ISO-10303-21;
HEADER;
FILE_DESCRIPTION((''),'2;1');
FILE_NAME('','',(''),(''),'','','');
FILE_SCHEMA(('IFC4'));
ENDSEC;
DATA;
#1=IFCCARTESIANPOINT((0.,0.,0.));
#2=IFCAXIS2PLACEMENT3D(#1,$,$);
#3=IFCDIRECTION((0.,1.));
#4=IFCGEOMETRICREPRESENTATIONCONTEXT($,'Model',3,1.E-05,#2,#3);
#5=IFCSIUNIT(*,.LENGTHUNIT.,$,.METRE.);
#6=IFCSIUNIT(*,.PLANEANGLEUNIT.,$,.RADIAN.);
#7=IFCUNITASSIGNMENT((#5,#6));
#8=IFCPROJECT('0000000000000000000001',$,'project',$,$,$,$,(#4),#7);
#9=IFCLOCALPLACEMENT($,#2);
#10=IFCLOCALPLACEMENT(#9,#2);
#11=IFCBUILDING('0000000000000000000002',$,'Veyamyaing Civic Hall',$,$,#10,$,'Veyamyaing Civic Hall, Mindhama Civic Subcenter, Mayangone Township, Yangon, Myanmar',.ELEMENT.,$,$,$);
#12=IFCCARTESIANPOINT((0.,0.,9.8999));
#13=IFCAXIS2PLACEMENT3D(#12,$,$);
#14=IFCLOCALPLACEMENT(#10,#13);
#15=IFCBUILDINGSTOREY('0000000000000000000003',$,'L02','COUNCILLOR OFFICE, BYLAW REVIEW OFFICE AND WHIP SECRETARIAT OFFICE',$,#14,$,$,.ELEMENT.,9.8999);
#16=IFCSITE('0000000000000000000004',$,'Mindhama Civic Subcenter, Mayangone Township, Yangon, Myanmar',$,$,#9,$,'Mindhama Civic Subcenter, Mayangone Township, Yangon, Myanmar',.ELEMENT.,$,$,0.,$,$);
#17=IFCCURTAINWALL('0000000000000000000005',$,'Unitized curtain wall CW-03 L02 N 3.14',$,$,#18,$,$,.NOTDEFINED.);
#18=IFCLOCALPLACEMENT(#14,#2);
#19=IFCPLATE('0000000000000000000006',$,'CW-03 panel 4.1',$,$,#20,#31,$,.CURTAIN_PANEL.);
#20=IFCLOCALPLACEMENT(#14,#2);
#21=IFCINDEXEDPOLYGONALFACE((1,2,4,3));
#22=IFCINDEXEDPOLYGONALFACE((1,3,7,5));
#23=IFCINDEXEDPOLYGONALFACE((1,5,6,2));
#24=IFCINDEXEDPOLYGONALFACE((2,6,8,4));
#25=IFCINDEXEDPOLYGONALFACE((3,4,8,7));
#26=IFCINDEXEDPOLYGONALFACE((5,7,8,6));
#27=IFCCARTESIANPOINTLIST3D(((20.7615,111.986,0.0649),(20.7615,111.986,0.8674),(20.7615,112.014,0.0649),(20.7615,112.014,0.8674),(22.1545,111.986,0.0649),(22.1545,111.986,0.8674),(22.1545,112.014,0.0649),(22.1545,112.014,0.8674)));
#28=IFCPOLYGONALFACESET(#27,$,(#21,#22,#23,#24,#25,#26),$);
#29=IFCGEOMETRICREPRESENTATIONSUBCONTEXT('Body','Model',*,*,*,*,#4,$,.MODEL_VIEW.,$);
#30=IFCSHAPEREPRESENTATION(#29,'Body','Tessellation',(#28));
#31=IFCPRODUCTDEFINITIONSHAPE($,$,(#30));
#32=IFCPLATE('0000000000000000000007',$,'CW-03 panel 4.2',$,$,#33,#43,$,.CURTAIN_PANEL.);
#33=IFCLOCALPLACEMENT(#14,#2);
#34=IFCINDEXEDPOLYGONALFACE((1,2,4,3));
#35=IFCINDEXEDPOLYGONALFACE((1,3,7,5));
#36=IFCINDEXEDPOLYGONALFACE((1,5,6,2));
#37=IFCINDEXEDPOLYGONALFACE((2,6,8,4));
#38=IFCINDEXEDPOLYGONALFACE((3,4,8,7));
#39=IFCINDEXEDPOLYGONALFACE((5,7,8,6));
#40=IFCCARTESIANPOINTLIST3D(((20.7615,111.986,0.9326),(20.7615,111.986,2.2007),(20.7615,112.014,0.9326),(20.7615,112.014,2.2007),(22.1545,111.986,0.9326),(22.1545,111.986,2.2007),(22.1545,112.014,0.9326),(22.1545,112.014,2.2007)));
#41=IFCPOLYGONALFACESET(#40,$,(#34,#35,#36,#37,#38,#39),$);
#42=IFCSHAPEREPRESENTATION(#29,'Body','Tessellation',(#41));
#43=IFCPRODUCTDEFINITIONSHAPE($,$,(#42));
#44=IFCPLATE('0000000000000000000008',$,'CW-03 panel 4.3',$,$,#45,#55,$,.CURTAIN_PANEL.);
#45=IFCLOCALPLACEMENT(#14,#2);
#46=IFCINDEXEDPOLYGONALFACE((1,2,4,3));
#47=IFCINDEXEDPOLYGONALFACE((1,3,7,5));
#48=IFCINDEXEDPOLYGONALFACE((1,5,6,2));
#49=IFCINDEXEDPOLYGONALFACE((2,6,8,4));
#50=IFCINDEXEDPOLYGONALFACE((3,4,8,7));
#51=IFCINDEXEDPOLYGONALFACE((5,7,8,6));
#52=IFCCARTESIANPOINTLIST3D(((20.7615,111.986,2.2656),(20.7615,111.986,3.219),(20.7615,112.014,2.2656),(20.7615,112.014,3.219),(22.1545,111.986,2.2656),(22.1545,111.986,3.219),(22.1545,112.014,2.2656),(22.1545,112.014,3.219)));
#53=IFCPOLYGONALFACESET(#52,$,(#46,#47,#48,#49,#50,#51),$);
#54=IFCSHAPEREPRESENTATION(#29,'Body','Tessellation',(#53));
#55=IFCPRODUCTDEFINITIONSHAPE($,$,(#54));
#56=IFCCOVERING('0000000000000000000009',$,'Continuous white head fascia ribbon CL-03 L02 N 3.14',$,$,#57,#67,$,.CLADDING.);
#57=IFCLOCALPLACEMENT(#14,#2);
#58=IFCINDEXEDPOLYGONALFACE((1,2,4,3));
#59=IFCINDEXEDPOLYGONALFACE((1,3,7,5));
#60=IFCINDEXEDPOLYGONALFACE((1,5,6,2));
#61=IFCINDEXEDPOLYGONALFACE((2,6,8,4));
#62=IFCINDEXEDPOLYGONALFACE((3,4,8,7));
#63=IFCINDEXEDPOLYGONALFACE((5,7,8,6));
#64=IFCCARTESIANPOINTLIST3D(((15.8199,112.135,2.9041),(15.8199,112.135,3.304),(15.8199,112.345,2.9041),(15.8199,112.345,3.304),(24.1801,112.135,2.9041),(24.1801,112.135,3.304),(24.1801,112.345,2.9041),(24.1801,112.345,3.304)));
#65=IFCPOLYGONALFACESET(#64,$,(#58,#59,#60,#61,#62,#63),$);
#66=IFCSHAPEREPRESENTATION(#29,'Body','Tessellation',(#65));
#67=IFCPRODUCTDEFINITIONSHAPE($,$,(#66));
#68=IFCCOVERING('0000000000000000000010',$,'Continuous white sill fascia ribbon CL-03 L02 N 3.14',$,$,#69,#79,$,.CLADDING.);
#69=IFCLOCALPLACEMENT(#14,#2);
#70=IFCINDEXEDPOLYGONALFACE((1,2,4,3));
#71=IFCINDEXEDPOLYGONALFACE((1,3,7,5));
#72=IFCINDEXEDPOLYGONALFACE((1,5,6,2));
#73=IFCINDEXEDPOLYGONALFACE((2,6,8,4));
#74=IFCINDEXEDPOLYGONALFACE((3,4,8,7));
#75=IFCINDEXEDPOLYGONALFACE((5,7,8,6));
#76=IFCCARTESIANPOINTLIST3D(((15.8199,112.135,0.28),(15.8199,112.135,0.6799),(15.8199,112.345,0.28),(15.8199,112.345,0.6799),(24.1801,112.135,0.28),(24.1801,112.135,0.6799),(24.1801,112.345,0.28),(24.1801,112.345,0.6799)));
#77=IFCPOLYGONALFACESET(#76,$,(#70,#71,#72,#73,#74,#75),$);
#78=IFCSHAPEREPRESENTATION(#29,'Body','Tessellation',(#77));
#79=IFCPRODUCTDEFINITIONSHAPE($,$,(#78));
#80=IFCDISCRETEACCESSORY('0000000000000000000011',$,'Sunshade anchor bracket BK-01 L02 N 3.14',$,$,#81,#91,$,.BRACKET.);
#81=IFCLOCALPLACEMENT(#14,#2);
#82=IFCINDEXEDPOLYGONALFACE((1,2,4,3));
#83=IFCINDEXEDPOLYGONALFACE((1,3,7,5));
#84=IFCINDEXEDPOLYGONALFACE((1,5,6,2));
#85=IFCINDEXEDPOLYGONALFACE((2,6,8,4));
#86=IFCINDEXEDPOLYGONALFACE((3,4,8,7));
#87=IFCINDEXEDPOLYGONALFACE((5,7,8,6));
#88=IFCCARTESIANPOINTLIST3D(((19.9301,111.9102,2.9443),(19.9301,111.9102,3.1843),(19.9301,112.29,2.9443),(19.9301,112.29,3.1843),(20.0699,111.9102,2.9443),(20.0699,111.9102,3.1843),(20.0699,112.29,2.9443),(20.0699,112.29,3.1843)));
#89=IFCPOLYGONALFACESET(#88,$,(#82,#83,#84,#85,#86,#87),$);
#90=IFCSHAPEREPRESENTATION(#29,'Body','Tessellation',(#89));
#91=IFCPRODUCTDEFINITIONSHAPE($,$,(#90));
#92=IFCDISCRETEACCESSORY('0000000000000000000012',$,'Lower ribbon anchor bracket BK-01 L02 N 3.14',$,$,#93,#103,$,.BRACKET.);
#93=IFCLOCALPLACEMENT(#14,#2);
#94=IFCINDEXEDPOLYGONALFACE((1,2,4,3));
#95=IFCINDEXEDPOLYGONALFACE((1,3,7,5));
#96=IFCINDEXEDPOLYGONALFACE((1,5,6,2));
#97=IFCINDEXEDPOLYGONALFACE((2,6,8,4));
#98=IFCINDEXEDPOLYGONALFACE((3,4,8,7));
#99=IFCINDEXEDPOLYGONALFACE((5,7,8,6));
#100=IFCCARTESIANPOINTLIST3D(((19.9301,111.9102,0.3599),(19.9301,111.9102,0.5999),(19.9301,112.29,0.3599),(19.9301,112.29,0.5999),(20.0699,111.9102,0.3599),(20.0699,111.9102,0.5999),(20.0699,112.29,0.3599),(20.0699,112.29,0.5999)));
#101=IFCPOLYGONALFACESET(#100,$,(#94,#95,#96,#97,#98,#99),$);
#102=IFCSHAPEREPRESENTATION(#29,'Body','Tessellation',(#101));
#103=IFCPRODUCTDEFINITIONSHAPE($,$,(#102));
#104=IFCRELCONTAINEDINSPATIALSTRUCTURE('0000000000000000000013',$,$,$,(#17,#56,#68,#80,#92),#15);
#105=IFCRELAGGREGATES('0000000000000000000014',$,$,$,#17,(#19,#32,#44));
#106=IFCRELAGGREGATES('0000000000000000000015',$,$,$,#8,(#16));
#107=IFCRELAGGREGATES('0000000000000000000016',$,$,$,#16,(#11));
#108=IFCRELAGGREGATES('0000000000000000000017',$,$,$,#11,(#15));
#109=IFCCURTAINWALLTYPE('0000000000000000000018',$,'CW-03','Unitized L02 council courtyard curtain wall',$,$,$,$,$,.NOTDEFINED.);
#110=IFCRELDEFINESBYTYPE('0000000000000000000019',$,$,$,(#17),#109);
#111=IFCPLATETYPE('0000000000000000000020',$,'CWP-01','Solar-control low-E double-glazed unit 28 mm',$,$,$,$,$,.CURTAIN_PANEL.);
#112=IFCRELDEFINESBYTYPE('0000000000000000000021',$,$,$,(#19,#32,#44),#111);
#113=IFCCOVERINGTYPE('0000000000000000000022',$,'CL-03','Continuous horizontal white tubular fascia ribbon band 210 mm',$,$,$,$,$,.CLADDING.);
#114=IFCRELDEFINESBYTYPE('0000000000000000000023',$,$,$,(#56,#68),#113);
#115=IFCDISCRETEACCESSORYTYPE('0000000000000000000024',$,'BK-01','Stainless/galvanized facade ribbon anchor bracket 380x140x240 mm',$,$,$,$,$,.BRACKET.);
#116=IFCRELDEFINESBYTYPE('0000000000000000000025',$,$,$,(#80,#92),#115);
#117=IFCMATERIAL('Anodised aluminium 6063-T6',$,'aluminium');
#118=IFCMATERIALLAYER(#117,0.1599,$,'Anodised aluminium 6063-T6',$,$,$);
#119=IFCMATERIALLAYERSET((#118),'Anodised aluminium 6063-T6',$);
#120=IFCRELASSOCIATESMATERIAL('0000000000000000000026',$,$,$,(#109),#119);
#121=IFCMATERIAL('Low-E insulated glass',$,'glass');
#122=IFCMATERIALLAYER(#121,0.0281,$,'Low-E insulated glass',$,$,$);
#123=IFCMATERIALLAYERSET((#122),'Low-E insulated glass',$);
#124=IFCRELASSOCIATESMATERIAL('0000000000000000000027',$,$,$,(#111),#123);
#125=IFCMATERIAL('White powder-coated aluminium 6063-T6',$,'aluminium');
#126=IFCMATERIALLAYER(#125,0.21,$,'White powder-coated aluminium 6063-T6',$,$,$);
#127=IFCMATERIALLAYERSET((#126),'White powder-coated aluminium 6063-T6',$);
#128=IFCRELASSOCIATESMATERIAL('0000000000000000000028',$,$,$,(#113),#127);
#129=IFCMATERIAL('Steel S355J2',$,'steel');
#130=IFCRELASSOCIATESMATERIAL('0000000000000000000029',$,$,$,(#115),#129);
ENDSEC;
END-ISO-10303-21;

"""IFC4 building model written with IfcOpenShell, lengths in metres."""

from ifc_helpers import new_model, si_unit, direction, frame, origin, origin_2d, place, context, subcontext, project, spatial, rectangle, extrude, material, layer, layer_set, type_object, element, aggregate, save


model = new_model("IFC4")

# Units and contexts
model_context = context("Model", 3, precision=1e-05, world=origin(), true_north=direction((0.0, 1.0)))
body_context = subcontext(model_context, "Body", "Model", "MODEL_VIEW")
ifc_project = project(units=[si_unit("LENGTHUNIT", "METRE"), si_unit("PLANEANGLEUNIT", "RADIAN")], contexts=[model_context])

# Site, building, storey
site_placement = place(None, origin())
site = spatial("IfcSite", under=ifc_project, at=site_placement, Name="Mindhama Civic Subcenter, Mayangone Township, Yangon, Myanmar", LongName="Mindhama Civic Subcenter, Mayangone Township, Yangon, Myanmar", CompositionType="ELEMENT", RefElevation=0.0)
building_placement = place(site_placement, origin())
building = spatial("IfcBuilding", under=site, at=building_placement, Name="Veyamyaing Civic Hall", LongName="Veyamyaing Civic Hall, Mindhama Civic Subcenter, Mayangone Township, Yangon, Myanmar", CompositionType="ELEMENT")
storey_placement = place(building_placement, frame((0.0, 0.0, 9.8999)))
storey = spatial("IfcBuildingStorey", under=building, at=storey_placement, Name="L02", Description="COUNCILLOR OFFICE, BYLAW REVIEW OFFICE AND WHIP SECRETARIAT OFFICE", CompositionType="ELEMENT", Elevation=9.8999)

# Curtain wall, plates
ifc_material_1 = material(Name="Anodised aluminium 6063-T6", Category="aluminium")
ifc_layer_1 = layer(ifc_material_1, 0.1599, Name="Anodised aluminium 6063-T6")
ifc_layer_set_1 = layer_set([ifc_layer_1], Name="Anodised aluminium 6063-T6")
curtain_wall_type = type_object("IfcCurtainWallType", Name="CW-03", Description="Unitized L02 council courtyard curtain wall", PredefinedType="NOTDEFINED", material=ifc_layer_set_1)
curtain_wall_placement = place(storey_placement, origin())
curtain_wall = element("IfcCurtainWall", 1, at=curtain_wall_placement, inside=storey, type_object=curtain_wall_type, Name="Unitized curtain wall CW-03 L02 N 3.14", PredefinedType="NOTDEFINED")
ifc_material_2 = material(Name="Low-E insulated glass", Category="glass")
ifc_layer_2 = layer(ifc_material_2, 0.0281, Name="Low-E insulated glass")
ifc_layer_set_2 = layer_set([ifc_layer_2], Name="Low-E insulated glass")
plate_type = type_object("IfcPlateType", Name="CWP-01", Description="Solar-control low-E double-glazed unit 28 mm", PredefinedType="CURTAIN_PANEL", material=ifc_layer_set_2)
plate_1_placement = place(storey_placement, frame((21.458, 112.0, 0.0649), z_axis=(0.0, 0.0, 1.0), x_axis=(1.0, 0.0, 0.0)))
plate_1 = element("IfcPlate", 2, at=plate_1_placement, type_object=plate_type, Name="CW-03 panel 4.1", PredefinedType="CURTAIN_PANEL", context=body_context, shape_type="SweptSolid", body=[
    extrude(rectangle(XDim=1.3931, YDim=0.0281, at=origin_2d()), origin(), (0.0, 0.0, 1.0), 0.8025),
])
plate_2_placement = place(storey_placement, frame((21.458, 112.0, 0.9326), z_axis=(0.0, 0.0, 1.0), x_axis=(1.0, 0.0, 0.0)))
plate_2 = element("IfcPlate", 3, at=plate_2_placement, type_object=plate_type, Name="CW-03 panel 4.2", PredefinedType="CURTAIN_PANEL", context=body_context, shape_type="SweptSolid", body=[
    extrude(rectangle(XDim=1.3931, YDim=0.0281, at=origin_2d()), origin(), (0.0, 0.0, 1.0), 1.2681),
])
plate_3_placement = place(storey_placement, frame((21.458, 112.0, 2.2656), z_axis=(0.0, 0.0, 1.0), x_axis=(1.0, 0.0, 0.0)))
plate_3 = element("IfcPlate", 4, at=plate_3_placement, type_object=plate_type, Name="CW-03 panel 4.3", PredefinedType="CURTAIN_PANEL", context=body_context, shape_type="SweptSolid", body=[
    extrude(rectangle(XDim=1.3931, YDim=0.0281, at=origin_2d()), origin(), (0.0, 0.0, 1.0), 0.9534),
])
aggregate(curtain_wall, [plate_1, plate_2, plate_3])

# Coverings
ifc_material_3 = material(Name="White powder-coated aluminium 6063-T6", Category="aluminium")
ifc_layer_3 = layer(ifc_material_3, 0.21, Name="White powder-coated aluminium 6063-T6")
ifc_layer_set_3 = layer_set([ifc_layer_3], Name="White powder-coated aluminium 6063-T6")
covering_type = type_object("IfcCoveringType", Name="CL-03", Description="Continuous horizontal white tubular fascia ribbon band 210 mm", PredefinedType="CLADDING", material=ifc_layer_set_3)
for number, where, z_axis, x_axis, name in (
    (5, (20.0, 112.24, 2.9041), (0.0, 0.0, 1.0), (1.0, 0.0, 0.0), "Continuous white head fascia ribbon CL-03 L02 N 3.14"),
    (6, (20.0, 112.24, 0.28), (0.0, 0.0, 1.0), (1.0, 0.0, 0.0), "Continuous white sill fascia ribbon CL-03 L02 N 3.14"),
):
    element("IfcCovering", number, at=place(storey_placement, frame(where, z_axis=z_axis, x_axis=x_axis)), inside=storey, type_object=covering_type, Name=name, PredefinedType="CLADDING", context=body_context, shape_type="SweptSolid", body=[
        extrude(rectangle(XDim=8.3601, YDim=0.21, at=origin_2d()), origin(), (0.0, 0.0, 1.0), 0.3999),
    ])

# Discrete accessories
ifc_material_4 = material(Name="Steel S355J2", Category="steel")
discrete_accessory_type = type_object("IfcDiscreteAccessoryType", Name="BK-01", Description="Stainless/galvanized facade ribbon anchor bracket 380x140x240 mm", PredefinedType="BRACKET", material=ifc_material_4)
for number, where, z_axis, x_axis, name in (
    (7, (20.0, 112.1001, 2.9443), (0.0, 0.0, 1.0), (0.0, 1.0, 0.0), "Sunshade anchor bracket BK-01 L02 N 3.14"),
    (8, (20.0, 112.1001, 0.3599), (0.0, 0.0, 1.0), (0.0, 1.0, 0.0), "Lower ribbon anchor bracket BK-01 L02 N 3.14"),
):
    element("IfcDiscreteAccessory", number, at=place(storey_placement, frame(where, z_axis=z_axis, x_axis=x_axis)), inside=storey, type_object=discrete_accessory_type, Name=name, PredefinedType="BRACKET", context=body_context, shape_type="SweptSolid", body=[
        extrude(rectangle(XDim=0.3799, YDim=0.1399, at=origin_2d()), origin(), (0.0, 0.0, 1.0), 0.24),
    ])

save(model, "model.ifc")
